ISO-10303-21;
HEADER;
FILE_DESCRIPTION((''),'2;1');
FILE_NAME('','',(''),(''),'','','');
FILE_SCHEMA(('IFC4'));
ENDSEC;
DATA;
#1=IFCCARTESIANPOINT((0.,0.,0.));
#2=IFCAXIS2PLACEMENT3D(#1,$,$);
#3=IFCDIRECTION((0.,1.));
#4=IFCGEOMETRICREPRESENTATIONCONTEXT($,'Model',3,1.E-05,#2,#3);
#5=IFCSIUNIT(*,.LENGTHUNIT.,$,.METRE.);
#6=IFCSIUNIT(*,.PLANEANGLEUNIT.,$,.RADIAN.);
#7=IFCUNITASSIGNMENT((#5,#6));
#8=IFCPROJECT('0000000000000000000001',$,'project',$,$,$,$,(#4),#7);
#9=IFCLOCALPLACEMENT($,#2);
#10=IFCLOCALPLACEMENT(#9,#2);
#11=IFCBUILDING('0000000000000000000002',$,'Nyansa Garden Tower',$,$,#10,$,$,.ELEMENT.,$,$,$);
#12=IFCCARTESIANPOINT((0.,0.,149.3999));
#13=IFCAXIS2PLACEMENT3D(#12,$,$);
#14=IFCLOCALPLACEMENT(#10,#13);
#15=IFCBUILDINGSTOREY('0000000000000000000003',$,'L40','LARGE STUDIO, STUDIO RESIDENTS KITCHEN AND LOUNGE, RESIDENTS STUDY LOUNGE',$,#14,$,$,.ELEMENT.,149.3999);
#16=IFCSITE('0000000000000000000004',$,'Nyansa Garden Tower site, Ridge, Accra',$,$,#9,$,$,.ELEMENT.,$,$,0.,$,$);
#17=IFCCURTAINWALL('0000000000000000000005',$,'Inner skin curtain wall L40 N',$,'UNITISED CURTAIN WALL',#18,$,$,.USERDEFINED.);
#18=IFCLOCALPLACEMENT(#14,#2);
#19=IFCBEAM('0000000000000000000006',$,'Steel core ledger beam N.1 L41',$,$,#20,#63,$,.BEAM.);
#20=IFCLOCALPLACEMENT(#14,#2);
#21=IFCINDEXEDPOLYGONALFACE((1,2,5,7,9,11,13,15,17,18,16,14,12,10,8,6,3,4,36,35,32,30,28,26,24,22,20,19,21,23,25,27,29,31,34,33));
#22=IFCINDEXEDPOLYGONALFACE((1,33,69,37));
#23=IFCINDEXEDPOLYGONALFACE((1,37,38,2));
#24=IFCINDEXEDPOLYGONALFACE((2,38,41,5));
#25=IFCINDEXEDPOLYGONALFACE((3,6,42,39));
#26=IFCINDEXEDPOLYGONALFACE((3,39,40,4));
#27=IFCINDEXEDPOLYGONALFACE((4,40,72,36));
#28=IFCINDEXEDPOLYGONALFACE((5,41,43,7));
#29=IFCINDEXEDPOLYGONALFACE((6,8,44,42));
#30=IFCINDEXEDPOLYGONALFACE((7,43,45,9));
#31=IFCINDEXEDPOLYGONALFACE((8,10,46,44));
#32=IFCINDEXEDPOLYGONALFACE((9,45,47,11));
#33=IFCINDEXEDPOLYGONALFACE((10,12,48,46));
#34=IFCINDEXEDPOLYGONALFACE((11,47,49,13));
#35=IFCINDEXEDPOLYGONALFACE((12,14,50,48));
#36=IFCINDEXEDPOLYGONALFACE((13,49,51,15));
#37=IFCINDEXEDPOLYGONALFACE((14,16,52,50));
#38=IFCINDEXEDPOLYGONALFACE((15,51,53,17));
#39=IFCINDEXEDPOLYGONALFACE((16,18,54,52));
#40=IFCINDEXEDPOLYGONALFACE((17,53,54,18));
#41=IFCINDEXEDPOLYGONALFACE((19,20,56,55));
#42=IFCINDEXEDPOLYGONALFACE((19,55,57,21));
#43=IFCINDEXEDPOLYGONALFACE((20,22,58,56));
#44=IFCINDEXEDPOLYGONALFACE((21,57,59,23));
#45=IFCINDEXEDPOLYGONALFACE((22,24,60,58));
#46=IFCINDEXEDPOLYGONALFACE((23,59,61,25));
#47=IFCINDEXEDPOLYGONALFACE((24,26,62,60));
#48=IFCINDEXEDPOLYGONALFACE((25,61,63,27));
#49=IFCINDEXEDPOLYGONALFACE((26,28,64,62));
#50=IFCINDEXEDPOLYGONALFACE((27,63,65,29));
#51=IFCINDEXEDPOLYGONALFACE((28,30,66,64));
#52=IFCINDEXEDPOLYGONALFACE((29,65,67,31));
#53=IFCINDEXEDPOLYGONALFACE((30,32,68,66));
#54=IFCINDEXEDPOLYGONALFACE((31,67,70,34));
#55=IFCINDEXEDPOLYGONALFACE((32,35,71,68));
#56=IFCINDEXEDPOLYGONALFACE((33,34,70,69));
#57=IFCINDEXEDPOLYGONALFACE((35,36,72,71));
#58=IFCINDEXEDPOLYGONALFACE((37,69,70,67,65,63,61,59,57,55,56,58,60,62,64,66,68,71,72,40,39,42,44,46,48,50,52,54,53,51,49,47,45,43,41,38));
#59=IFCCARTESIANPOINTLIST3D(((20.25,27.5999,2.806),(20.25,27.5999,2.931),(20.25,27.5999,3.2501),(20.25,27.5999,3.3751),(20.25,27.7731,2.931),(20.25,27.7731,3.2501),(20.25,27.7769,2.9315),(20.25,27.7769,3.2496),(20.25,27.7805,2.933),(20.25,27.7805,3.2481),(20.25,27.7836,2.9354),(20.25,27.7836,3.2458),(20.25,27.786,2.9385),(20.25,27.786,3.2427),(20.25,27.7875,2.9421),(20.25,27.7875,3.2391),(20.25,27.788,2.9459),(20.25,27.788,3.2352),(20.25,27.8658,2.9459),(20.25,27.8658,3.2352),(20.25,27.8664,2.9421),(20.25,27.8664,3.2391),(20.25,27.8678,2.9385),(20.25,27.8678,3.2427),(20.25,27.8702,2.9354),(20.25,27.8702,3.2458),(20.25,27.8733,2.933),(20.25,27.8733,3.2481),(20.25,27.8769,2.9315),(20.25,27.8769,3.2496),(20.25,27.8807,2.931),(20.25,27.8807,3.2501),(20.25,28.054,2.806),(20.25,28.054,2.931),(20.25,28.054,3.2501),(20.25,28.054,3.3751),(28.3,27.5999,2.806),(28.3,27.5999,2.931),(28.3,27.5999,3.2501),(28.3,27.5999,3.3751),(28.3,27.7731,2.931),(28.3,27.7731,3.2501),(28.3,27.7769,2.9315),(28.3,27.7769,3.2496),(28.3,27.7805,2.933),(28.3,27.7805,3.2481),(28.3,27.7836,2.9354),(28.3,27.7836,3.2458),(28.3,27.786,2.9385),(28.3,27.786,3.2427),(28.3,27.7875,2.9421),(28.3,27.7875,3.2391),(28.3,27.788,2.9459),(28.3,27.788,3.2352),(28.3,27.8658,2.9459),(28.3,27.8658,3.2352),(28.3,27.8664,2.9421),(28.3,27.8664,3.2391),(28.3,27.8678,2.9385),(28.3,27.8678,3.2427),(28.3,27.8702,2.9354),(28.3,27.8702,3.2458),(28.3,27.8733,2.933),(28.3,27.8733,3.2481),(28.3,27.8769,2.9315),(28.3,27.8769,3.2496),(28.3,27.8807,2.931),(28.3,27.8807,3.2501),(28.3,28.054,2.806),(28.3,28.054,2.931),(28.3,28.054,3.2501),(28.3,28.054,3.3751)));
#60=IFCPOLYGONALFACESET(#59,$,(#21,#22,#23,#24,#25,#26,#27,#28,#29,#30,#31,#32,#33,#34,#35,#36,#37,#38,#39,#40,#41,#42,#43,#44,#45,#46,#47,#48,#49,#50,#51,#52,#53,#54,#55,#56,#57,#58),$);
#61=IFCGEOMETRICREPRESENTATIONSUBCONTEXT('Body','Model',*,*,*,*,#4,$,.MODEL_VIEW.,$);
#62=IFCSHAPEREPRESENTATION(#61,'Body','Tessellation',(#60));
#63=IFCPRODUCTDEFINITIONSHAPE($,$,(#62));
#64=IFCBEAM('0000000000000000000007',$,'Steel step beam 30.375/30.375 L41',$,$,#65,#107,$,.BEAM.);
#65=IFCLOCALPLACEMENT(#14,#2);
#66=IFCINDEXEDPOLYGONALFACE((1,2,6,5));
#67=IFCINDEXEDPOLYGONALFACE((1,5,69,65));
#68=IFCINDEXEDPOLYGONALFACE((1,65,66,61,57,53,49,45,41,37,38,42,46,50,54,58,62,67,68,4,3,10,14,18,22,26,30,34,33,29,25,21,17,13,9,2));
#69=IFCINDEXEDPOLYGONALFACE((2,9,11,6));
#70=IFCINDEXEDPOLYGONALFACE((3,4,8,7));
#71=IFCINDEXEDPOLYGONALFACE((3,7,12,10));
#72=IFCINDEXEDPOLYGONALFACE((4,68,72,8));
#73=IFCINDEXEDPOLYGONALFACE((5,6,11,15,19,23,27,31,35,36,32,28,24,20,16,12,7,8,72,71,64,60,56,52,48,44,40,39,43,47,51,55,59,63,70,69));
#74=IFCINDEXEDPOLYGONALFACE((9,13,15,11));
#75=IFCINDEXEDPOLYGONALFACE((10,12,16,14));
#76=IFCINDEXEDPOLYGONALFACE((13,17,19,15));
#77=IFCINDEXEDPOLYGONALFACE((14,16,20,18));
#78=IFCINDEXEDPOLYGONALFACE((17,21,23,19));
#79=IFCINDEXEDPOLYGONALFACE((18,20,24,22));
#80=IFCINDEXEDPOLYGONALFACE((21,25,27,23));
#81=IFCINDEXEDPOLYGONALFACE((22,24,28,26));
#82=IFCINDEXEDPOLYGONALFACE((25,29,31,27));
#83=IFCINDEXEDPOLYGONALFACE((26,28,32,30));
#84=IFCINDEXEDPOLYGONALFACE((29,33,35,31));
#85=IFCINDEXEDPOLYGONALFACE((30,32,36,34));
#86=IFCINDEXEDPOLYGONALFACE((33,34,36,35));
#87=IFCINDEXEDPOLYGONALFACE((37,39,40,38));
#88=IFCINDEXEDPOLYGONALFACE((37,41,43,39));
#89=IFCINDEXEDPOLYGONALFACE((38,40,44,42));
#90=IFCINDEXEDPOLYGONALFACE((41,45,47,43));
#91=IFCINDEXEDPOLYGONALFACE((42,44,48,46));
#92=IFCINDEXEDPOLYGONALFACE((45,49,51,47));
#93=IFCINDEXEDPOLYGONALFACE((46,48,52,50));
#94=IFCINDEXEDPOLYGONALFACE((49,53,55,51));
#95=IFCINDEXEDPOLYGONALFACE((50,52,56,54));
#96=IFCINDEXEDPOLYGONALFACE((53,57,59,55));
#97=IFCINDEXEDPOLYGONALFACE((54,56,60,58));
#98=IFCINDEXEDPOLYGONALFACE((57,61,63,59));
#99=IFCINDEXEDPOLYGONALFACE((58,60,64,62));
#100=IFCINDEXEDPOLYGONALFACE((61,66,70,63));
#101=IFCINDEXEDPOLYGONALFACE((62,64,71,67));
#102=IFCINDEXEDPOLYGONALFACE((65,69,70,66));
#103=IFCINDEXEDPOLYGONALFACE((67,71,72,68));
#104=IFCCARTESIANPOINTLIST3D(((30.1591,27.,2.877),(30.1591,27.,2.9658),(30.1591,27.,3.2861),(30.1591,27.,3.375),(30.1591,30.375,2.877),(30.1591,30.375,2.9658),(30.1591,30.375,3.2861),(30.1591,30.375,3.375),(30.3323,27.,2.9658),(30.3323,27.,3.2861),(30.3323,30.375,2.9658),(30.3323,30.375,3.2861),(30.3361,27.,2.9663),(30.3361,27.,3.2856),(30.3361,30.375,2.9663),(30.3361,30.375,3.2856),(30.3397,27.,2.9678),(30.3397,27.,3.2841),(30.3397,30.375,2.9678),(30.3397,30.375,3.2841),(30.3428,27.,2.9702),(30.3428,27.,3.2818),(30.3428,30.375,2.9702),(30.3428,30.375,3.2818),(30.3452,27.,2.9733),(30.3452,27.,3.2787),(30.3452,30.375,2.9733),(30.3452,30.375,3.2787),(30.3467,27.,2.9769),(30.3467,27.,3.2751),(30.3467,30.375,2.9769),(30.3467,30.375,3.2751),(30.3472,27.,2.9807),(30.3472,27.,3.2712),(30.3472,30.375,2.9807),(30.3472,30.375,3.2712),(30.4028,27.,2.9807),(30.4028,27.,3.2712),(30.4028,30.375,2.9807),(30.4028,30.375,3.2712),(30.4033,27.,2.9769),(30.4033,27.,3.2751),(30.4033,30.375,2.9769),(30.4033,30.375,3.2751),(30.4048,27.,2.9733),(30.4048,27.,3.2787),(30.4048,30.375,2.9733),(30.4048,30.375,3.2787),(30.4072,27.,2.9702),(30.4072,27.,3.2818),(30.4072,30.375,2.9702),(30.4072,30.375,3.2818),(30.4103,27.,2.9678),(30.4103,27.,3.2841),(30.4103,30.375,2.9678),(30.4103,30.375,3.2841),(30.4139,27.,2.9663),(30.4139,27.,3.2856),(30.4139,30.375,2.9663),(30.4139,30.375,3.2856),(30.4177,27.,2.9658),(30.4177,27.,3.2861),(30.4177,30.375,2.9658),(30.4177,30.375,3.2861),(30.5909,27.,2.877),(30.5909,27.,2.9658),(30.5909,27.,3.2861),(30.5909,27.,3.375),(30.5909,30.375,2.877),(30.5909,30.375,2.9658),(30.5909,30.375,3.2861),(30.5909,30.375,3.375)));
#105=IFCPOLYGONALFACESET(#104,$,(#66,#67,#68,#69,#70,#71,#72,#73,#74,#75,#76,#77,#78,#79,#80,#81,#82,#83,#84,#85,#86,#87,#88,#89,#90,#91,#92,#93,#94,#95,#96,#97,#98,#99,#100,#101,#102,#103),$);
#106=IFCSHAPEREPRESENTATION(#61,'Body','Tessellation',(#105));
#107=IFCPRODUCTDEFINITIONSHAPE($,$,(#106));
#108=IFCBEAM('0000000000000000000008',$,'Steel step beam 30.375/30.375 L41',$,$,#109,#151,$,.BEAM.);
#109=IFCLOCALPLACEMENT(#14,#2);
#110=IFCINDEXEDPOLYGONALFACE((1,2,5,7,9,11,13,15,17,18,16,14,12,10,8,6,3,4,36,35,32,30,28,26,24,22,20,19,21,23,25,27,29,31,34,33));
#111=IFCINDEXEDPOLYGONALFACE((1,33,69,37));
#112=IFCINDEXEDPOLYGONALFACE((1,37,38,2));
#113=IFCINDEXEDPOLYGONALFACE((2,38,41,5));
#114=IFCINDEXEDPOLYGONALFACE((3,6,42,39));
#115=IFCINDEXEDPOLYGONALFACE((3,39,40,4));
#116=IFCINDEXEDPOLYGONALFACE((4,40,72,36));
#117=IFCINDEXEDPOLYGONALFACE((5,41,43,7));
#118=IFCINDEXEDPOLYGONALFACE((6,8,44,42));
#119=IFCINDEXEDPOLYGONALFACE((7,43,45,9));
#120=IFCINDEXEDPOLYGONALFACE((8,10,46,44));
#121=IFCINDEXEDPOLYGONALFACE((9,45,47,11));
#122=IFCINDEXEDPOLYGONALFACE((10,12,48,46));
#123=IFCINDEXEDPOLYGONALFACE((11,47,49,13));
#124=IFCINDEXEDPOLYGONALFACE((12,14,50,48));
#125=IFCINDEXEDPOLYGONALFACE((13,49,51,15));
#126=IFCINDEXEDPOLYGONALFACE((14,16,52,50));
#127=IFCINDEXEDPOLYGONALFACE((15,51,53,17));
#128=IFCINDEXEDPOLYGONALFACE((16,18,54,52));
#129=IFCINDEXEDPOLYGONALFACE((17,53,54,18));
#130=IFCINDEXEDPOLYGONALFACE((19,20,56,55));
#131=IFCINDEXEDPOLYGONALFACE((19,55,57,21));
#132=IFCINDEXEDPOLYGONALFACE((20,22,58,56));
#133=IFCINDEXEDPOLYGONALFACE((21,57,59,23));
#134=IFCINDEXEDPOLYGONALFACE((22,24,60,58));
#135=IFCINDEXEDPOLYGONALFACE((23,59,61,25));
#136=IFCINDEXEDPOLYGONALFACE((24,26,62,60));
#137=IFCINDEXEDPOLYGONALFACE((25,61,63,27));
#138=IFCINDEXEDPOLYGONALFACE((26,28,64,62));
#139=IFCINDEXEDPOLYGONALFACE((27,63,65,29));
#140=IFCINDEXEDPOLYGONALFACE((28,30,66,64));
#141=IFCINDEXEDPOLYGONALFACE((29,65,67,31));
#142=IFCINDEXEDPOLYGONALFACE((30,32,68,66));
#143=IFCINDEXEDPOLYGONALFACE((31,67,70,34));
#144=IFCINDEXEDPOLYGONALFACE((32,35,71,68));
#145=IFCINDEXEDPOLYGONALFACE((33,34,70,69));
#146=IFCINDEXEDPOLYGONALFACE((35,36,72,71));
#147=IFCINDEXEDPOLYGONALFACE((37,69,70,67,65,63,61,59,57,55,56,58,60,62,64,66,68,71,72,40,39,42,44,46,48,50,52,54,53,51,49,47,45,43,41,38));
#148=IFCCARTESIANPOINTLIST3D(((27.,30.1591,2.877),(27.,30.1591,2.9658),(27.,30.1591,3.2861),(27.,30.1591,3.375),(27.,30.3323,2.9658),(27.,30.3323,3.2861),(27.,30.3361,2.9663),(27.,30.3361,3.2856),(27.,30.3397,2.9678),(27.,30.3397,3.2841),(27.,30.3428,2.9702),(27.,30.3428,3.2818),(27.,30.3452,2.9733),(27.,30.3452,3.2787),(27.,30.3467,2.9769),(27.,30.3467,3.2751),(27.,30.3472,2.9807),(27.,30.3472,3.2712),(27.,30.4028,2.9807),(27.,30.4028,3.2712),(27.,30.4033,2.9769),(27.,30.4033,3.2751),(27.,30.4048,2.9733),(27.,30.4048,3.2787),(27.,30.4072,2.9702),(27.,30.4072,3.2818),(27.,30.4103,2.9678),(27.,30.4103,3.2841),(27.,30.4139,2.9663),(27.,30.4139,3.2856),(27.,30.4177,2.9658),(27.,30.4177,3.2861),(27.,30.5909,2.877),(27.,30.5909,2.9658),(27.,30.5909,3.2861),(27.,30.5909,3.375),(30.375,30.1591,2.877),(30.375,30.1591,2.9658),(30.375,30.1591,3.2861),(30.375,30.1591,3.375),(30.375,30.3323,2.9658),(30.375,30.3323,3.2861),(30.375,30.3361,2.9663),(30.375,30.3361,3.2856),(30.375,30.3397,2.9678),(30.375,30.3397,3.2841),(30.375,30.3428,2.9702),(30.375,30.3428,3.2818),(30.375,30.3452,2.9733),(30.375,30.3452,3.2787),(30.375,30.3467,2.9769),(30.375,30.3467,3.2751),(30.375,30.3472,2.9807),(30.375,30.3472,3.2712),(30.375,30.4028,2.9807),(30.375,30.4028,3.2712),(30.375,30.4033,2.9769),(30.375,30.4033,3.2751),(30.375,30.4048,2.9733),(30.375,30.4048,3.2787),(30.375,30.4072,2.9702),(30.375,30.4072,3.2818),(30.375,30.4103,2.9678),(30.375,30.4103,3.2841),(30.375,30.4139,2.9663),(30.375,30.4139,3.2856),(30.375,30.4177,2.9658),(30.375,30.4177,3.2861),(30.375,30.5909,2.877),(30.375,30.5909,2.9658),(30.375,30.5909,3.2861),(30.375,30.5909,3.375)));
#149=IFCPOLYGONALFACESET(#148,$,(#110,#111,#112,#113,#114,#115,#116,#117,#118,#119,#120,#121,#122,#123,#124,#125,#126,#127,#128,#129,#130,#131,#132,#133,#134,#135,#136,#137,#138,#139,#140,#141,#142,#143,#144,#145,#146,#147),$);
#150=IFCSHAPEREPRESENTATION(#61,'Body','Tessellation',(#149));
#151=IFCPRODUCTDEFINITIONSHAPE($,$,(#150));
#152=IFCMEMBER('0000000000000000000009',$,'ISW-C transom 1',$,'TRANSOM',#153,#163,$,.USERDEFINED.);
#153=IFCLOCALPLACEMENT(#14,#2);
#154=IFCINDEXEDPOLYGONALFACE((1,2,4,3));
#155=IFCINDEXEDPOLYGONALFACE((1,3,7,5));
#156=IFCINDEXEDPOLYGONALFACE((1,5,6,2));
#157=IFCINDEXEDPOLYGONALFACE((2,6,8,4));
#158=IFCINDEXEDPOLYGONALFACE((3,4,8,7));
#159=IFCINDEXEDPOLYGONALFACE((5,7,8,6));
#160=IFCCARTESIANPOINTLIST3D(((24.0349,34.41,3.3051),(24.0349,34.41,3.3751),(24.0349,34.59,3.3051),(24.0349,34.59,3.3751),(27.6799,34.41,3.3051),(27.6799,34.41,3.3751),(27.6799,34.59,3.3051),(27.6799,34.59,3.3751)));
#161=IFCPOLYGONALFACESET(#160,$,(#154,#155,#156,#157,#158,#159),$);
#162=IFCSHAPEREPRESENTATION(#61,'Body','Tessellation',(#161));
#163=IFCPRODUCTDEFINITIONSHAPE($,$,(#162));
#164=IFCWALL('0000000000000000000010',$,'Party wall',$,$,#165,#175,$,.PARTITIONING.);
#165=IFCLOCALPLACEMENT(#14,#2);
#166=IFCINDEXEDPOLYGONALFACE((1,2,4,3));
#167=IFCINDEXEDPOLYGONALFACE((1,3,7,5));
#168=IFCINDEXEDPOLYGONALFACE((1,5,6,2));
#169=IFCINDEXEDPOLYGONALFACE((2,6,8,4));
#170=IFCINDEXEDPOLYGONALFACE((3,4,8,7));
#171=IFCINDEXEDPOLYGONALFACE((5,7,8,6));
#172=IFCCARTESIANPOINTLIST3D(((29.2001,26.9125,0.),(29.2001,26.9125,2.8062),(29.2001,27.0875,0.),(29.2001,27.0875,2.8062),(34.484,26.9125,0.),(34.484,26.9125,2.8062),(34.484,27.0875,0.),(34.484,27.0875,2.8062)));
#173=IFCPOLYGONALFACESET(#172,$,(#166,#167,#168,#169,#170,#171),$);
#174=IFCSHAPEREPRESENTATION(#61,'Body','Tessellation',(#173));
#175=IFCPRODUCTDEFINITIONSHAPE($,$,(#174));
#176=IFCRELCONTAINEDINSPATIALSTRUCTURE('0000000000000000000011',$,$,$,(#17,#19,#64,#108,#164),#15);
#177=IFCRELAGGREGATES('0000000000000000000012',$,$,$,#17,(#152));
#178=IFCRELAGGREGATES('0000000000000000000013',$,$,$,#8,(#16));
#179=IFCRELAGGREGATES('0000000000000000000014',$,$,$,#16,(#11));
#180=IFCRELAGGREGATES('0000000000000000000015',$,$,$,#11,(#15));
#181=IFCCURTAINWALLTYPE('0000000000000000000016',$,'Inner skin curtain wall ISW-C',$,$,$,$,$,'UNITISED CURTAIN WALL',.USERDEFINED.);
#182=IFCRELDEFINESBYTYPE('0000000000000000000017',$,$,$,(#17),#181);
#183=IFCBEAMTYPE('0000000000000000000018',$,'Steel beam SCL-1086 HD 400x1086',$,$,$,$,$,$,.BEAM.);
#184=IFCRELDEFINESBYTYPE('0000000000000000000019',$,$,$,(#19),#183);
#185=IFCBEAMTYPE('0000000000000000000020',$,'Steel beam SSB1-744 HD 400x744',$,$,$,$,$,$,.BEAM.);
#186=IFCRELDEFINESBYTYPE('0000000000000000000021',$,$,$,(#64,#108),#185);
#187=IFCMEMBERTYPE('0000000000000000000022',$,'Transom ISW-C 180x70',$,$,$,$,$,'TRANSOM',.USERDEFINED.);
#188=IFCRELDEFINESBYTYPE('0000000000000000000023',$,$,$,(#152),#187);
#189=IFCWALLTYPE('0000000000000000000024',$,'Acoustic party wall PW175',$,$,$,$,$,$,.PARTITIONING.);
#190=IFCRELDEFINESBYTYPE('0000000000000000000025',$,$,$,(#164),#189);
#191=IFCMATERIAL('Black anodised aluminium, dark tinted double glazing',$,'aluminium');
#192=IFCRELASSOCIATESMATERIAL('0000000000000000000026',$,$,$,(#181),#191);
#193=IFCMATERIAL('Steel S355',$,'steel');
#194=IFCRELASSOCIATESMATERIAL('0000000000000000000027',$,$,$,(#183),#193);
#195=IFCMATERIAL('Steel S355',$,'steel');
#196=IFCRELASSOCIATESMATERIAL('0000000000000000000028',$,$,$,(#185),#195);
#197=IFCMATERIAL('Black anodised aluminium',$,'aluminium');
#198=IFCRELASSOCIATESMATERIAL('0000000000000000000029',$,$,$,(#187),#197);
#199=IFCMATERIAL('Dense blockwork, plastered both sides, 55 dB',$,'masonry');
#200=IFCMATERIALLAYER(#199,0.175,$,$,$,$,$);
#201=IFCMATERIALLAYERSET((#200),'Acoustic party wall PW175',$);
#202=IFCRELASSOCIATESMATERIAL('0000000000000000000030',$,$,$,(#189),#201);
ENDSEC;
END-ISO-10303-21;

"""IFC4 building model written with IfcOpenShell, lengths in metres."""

from ifc_helpers import new_model, si_unit, direction, frame, frame_2d, origin, origin_2d, place, context, subcontext, project, spatial, rectangle, i_section, extrude, material, layer, layer_set, material_profile, profile_set, type_object, element, aggregate, save


model = new_model("IFC4")

# Units and contexts
model_context = context("Model", 3, precision=1e-05, world=origin(), true_north=direction((0.0, 1.0)))
body_context = subcontext(model_context, "Body", "Model", "MODEL_VIEW")
ifc_project = project(units=[si_unit("LENGTHUNIT", "METRE"), si_unit("PLANEANGLEUNIT", "RADIAN")], contexts=[model_context])

# Site, building, storey
site_placement = place(None, origin())
site = spatial("IfcSite", under=ifc_project, at=site_placement, Name="Nyansa Garden Tower site, Ridge, Accra", CompositionType="ELEMENT", RefElevation=0.0)
building_placement = place(site_placement, origin())
building = spatial("IfcBuilding", under=site, at=building_placement, Name="Nyansa Garden Tower", CompositionType="ELEMENT")
storey_placement = place(building_placement, frame((0.0, 0.0, 149.3999)))
storey = spatial("IfcBuildingStorey", under=building, at=storey_placement, Name="L40", Description="LARGE STUDIO, STUDIO RESIDENTS KITCHEN AND LOUNGE, RESIDENTS STUDY LOUNGE", CompositionType="ELEMENT", Elevation=149.3999)

# Curtain wall
ifc_material_1 = material(Name="Black anodised aluminium, dark tinted double glazing", Category="aluminium")
curtain_wall_type = type_object("IfcCurtainWallType", Name="Inner skin curtain wall ISW-C", ElementType="UNITISED CURTAIN WALL", PredefinedType="USERDEFINED", material=ifc_material_1)
curtain_wall_1_placement = place(storey_placement, origin())
curtain_wall_1 = element("IfcCurtainWall", 1, at=curtain_wall_1_placement, inside=storey, type_object=curtain_wall_type, Name="Inner skin curtain wall L40 N", ObjectType="UNITISED CURTAIN WALL", PredefinedType="USERDEFINED")

# Beams
ifc_material_2 = material(Name="Steel S355", Category="steel")
ifc_material_profile_1 = material_profile(ifc_material_2, i_section(OverallWidth=0.4541, OverallDepth=0.5691, WebThickness=0.0779, FlangeThickness=0.125, FilletRadius=0.0149, at=origin_2d()), Name="HD 400x1086")
ifc_profile_set_1 = profile_set([ifc_material_profile_1], Name="Steel S355")
beam_type_1 = type_object("IfcBeamType", Name="Steel beam SCL-1086 HD 400x1086", PredefinedType="BEAM", material=ifc_profile_set_1)
beam_1_placement = place(storey_placement, frame((28.3, 27.8269, 3.0906), z_axis=(-1.0, 0.0, 0.0), x_axis=(0.0, -1.0, 0.0)))
element("IfcBeam", 2, at=beam_1_placement, inside=storey, type_object=beam_type_1, Name="Steel core ledger beam N.1 L41", PredefinedType="BEAM", context=body_context, shape_type="SweptSolid", body=[
    extrude(i_section(OverallWidth=0.4541, OverallDepth=0.5691, WebThickness=0.0779, FlangeThickness=0.125, FilletRadius=0.0149, at=origin_2d()), origin(), (0.0, 0.0, 1.0), 8.05),
])
ifc_material_3 = material(Name="Steel S355", Category="steel")
ifc_material_profile_2 = material_profile(ifc_material_3, i_section(OverallWidth=0.4319, OverallDepth=0.498, WebThickness=0.0557, FlangeThickness=0.0889, FilletRadius=0.0149, at=origin_2d()), Name="HD 400x744")
ifc_profile_set_2 = profile_set([ifc_material_profile_2], Name="Steel S355")
beam_type_2 = type_object("IfcBeamType", Name="Steel beam SSB1-744 HD 400x744", PredefinedType="BEAM", material=ifc_profile_set_2)
for number, where, z_axis, x_axis, name in (
    (3, (30.375, 30.375, 3.126), (0.0, -1.0, 0.0), (1.0, 0.0, 0.0), "Steel step beam 30.375/30.375 L41"),
    (4, (30.375, 30.375, 3.126), (-1.0, 0.0, 0.0), (0.0, -1.0, 0.0), "Steel step beam 30.375/30.375 L41"),
):
    element("IfcBeam", number, at=place(storey_placement, frame(where, z_axis=z_axis, x_axis=x_axis)), inside=storey, type_object=beam_type_2, Name=name, PredefinedType="BEAM", context=body_context, shape_type="SweptSolid", body=[
        extrude(i_section(OverallWidth=0.4319, OverallDepth=0.498, WebThickness=0.0557, FlangeThickness=0.0889, FilletRadius=0.0149, at=origin_2d()), origin(), (0.0, 0.0, 1.0), 3.375),
    ])

# Member
ifc_material_4 = material(Name="Black anodised aluminium", Category="aluminium")
ifc_material_profile_3 = material_profile(ifc_material_4, rectangle(XDim=0.1799, YDim=0.0701, at=origin_2d()), Name="Transom 180x70")
ifc_profile_set_3 = profile_set([ifc_material_profile_3], Name="Black anodised aluminium")
member_type_1 = type_object("IfcMemberType", Name="Transom ISW-C 180x70", ElementType="TRANSOM", PredefinedType="USERDEFINED", material=ifc_profile_set_3)
member_1_placement = place(storey_placement, frame((27.6799, 34.5, 3.3401), z_axis=(-1.0, 0.0, 0.0), x_axis=(0.0, -1.0, 0.0)))
member_1 = element("IfcMember", 5, at=member_1_placement, type_object=member_type_1, Name="ISW-C transom 1", ObjectType="TRANSOM", PredefinedType="USERDEFINED", context=body_context, shape_type="SweptSolid", body=[
    extrude(rectangle(XDim=0.1799, YDim=0.0701, at=origin_2d()), origin(), (0.0, 0.0, 1.0), 3.645),
])
aggregate(curtain_wall_1, [member_1])

# Wall
ifc_material_5 = material(Name="Dense blockwork, plastered both sides, 55 dB", Category="masonry")
ifc_layer_1 = layer(ifc_material_5, 0.175)
ifc_layer_set_1 = layer_set([ifc_layer_1], Name="Acoustic party wall PW175")
wall_type_1 = type_object("IfcWallType", Name="Acoustic party wall PW175", PredefinedType="PARTITIONING", material=ifc_layer_set_1)
wall_1_placement = place(storey_placement, frame((29.2, 27.0, 0.0), z_axis=(0.0, 0.0, 1.0), x_axis=(1.0, 0.0, 0.0)))
element("IfcWall", 6, at=wall_1_placement, inside=storey, type_object=wall_type_1, Name="Party wall", PredefinedType="PARTITIONING", context=body_context, shape_type="SweptSolid", body=[
    extrude(rectangle(XDim=5.2839, YDim=0.175, at=frame_2d((2.6421, 0.0))), origin(), (0.0, 0.0, 1.0), 2.8062),
])

save(model, "model.ifc")
